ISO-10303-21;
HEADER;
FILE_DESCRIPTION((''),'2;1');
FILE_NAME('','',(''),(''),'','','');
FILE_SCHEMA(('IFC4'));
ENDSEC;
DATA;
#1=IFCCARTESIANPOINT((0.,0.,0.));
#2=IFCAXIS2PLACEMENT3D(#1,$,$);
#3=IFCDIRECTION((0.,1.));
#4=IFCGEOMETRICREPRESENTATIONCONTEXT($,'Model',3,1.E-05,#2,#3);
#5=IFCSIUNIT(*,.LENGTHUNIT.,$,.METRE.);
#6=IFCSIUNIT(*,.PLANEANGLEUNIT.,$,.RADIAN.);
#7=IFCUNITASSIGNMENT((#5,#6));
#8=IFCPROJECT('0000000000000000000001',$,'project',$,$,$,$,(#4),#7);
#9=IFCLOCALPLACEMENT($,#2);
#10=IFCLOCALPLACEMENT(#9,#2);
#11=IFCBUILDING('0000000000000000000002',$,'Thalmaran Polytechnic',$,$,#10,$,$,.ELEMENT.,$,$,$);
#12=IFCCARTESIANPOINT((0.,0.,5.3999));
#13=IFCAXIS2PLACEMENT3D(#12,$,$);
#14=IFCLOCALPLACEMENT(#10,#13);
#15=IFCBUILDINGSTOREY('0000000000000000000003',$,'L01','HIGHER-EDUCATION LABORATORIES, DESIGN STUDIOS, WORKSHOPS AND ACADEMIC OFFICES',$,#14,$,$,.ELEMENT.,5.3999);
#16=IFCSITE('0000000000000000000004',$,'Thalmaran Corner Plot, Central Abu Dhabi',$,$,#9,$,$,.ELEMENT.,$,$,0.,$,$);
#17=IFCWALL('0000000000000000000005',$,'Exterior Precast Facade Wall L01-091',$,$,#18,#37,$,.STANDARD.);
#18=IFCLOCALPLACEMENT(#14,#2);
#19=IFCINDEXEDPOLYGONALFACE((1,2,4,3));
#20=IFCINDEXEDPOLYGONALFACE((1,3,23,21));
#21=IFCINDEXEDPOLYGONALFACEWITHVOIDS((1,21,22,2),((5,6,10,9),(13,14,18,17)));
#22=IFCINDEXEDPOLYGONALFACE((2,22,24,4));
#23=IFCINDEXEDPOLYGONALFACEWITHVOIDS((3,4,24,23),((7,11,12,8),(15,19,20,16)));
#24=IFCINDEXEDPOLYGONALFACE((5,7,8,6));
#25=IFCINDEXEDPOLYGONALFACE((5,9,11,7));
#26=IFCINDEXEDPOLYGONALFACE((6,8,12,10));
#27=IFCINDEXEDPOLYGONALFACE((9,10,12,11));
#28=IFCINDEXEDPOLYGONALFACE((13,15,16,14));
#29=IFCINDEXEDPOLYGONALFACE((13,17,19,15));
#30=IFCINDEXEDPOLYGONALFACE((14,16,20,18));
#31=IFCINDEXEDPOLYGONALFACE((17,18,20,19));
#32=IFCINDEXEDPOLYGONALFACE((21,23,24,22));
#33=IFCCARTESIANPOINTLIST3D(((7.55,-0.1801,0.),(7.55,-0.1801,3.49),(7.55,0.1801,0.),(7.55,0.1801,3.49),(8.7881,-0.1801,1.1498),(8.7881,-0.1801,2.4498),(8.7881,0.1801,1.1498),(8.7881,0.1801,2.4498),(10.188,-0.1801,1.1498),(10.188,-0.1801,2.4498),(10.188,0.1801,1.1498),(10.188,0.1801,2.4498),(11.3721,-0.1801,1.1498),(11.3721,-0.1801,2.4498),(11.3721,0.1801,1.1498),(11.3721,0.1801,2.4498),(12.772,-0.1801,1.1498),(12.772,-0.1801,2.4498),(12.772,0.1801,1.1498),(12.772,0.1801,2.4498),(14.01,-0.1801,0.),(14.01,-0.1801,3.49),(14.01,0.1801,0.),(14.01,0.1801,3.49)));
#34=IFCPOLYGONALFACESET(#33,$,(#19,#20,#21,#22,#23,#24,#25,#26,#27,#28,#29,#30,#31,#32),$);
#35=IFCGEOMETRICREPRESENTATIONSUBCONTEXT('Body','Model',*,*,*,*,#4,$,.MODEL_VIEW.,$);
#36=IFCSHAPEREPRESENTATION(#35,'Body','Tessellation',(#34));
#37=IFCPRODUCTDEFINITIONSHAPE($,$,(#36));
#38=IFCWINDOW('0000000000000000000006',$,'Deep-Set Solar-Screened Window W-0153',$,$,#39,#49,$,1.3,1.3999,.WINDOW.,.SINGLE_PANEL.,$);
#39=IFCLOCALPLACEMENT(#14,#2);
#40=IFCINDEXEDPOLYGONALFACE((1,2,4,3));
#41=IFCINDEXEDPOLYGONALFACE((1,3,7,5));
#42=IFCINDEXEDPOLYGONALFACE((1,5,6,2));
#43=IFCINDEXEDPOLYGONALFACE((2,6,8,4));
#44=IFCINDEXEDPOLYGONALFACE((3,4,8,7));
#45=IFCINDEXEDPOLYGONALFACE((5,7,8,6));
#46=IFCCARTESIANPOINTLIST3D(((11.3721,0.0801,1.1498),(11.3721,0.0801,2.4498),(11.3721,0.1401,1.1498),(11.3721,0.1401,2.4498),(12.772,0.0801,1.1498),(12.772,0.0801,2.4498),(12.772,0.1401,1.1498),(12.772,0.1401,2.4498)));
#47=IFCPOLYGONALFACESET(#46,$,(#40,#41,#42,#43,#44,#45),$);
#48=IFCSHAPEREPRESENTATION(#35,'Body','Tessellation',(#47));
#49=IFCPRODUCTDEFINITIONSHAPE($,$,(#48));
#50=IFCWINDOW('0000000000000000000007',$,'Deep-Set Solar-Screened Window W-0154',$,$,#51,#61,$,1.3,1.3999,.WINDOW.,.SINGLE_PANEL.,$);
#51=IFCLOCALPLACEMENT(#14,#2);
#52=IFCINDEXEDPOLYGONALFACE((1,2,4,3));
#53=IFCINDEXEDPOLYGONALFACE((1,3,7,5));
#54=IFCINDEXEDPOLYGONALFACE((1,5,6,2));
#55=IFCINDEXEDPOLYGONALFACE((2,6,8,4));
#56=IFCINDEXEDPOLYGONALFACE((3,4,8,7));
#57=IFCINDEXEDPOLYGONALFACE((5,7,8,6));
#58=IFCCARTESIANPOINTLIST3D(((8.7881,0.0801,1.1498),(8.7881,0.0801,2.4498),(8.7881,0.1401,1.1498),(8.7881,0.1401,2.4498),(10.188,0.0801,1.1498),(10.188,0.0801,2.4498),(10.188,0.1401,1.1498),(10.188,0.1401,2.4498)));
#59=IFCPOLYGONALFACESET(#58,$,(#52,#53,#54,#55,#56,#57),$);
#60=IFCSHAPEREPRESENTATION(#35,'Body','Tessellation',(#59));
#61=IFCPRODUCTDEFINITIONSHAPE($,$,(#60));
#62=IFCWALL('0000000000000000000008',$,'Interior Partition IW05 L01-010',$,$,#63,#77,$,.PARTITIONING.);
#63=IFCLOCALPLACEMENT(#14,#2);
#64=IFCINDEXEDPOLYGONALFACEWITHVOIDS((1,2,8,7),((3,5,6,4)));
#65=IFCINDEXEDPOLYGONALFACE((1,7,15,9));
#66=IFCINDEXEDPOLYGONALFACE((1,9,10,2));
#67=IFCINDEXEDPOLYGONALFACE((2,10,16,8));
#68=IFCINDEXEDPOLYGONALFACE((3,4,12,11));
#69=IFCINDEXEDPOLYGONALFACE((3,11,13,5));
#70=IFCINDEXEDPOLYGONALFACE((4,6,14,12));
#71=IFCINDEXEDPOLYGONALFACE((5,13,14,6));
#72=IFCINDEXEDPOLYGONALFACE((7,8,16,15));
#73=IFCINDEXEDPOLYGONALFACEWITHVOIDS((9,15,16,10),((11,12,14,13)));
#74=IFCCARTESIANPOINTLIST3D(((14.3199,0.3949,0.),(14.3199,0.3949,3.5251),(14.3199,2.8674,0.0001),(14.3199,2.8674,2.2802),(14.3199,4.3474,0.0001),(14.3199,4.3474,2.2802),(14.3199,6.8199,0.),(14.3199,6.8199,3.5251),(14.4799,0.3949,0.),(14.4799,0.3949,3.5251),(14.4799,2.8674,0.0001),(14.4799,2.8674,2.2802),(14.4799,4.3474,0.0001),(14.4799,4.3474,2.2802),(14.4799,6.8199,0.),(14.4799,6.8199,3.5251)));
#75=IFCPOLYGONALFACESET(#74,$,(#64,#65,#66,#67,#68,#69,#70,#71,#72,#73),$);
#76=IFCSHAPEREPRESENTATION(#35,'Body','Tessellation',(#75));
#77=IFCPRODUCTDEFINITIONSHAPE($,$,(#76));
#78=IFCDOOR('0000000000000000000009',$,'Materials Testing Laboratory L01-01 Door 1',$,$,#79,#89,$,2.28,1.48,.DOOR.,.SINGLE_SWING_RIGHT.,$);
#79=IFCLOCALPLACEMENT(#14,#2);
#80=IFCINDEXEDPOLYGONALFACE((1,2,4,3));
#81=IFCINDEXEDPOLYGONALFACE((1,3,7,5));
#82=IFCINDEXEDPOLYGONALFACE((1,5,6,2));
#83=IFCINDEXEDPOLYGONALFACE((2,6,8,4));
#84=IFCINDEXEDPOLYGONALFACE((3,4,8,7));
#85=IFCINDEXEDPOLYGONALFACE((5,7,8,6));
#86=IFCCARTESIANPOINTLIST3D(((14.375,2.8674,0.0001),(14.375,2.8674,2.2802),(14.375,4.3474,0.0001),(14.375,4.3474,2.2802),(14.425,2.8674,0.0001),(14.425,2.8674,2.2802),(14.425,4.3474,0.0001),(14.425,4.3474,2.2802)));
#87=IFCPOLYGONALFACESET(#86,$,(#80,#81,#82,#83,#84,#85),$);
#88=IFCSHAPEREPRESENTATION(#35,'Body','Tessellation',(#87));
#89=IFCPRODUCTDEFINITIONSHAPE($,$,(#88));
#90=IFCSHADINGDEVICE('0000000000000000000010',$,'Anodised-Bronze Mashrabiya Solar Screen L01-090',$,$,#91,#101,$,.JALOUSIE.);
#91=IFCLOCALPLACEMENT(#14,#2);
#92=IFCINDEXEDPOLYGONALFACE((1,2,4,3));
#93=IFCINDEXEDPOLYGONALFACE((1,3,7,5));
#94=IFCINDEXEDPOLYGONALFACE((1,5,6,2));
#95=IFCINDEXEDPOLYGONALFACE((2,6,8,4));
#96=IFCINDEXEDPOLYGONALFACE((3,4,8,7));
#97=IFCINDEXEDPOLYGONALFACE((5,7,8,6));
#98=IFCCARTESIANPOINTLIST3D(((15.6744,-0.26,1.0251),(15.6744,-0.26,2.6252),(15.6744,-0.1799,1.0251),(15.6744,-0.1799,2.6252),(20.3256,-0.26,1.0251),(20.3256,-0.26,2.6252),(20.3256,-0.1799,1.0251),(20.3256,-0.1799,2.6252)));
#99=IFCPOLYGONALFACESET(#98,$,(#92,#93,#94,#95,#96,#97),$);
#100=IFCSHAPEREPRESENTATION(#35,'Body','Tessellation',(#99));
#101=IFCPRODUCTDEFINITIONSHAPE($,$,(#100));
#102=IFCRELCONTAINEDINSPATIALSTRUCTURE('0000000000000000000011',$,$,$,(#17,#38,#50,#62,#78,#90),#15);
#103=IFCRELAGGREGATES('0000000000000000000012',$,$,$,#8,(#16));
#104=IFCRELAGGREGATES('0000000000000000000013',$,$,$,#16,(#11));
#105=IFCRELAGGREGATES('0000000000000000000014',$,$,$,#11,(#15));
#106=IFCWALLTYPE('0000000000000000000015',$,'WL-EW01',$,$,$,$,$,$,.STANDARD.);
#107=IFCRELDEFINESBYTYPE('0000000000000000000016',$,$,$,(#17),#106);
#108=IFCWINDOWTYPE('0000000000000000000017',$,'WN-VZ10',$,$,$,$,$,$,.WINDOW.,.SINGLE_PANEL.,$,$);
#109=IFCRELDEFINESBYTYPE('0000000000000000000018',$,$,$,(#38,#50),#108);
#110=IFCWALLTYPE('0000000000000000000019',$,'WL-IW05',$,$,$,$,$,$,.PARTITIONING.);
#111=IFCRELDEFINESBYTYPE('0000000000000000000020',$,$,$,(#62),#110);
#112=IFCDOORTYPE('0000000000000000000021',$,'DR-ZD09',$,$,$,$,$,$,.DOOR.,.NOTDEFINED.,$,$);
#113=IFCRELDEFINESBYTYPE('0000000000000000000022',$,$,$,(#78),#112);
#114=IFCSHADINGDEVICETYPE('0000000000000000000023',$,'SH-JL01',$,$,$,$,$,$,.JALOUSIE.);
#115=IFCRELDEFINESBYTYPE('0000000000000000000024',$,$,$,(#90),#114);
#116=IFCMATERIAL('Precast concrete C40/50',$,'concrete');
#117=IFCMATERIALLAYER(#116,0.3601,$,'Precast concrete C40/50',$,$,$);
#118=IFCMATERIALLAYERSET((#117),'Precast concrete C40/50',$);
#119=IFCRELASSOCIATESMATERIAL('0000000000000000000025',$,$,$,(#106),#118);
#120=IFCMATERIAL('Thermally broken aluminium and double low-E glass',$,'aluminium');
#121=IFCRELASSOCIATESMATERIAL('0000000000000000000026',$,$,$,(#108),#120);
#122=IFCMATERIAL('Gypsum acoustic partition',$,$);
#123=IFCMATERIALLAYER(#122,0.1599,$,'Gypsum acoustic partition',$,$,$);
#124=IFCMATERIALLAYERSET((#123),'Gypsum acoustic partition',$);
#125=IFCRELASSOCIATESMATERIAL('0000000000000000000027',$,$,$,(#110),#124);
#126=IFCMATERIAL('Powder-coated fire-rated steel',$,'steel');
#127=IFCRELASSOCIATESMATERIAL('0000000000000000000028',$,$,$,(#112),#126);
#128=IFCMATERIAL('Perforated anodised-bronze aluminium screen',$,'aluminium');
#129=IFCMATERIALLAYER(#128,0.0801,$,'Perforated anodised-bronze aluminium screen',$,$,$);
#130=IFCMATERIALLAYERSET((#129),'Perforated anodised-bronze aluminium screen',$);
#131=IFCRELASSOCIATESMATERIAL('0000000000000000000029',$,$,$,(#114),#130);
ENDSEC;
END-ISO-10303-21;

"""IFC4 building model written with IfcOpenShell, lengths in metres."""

from ifc_helpers import new_model, si_unit, direction, frame, frame_2d, origin, origin_2d, place, context, subcontext, project, spatial, rectangle, extrude, material, layer, layer_set, type_object, element, fill, save


model = new_model("IFC4")

# Units and contexts
model_context = context("Model", 3, precision=1e-05, world=origin(), true_north=direction((0.0, 1.0)))
body_context = subcontext(model_context, "Body", "Model", "MODEL_VIEW")
ifc_project = project(units=[si_unit("LENGTHUNIT", "METRE"), si_unit("PLANEANGLEUNIT", "RADIAN")], contexts=[model_context])

# Site, building, storey
site_placement = place(None, origin())
site = spatial("IfcSite", under=ifc_project, at=site_placement, Name="Thalmaran Corner Plot, Central Abu Dhabi", CompositionType="ELEMENT", RefElevation=0.0)
building_placement = place(site_placement, origin())
building = spatial("IfcBuilding", under=site, at=building_placement, Name="Thalmaran Polytechnic", CompositionType="ELEMENT")
storey_placement = place(building_placement, frame((0.0, 0.0, 5.3999)))
storey = spatial("IfcBuildingStorey", under=building, at=storey_placement, Name="L01", Description="HIGHER-EDUCATION LABORATORIES, DESIGN STUDIOS, WORKSHOPS AND ACADEMIC OFFICES", CompositionType="ELEMENT", Elevation=5.3999)

# Wall, openings, windows
ifc_material_1 = material(Name="Precast concrete C40/50", Category="concrete")
ifc_layer_1 = layer(ifc_material_1, 0.3601, Name="Precast concrete C40/50")
ifc_layer_set_1 = layer_set([ifc_layer_1], Name="Precast concrete C40/50")
wall_type_1 = type_object("IfcWallType", Name="WL-EW01", PredefinedType="STANDARD", material=ifc_layer_set_1)
wall_1_placement = place(storey_placement, frame((14.01, 0.0, 0.0), z_axis=(0.0, 0.0, 1.0), x_axis=(-1.0, 0.0, 0.0)))
wall_1 = element("IfcWall", 1, at=wall_1_placement, inside=storey, type_object=wall_type_1, Name="Exterior Precast Facade Wall L01-091", PredefinedType="STANDARD", context=body_context, shape_type="SweptSolid", body=[
    extrude(rectangle(XDim=6.46, YDim=0.3601, at=frame_2d((3.23, 0.0))), origin(), (0.0, 0.0, 1.0), 3.49),
])
opening_1_placement = place(wall_1_placement, frame((1.238, 0.0, 1.1499)))
opening_1 = element("IfcOpeningElement", 2, at=opening_1_placement, cuts=wall_1, PredefinedType="OPENING", context=body_context, shape_type="SweptSolid", body=[
    extrude(rectangle(XDim=1.3999, YDim=1.3, at=frame_2d((0.7, 0.6499))), frame((0.0, 0.1899, 0.0), z_axis=(0.0, -1.0, 0.0), x_axis=(1.0, 0.0, 0.0)), (0.0, 0.0, 1.0), 0.3801),
])
opening_2_placement = place(wall_1_placement, frame((3.822, 0.0, 1.1499)))
opening_2 = element("IfcOpeningElement", 3, at=opening_2_placement, cuts=wall_1, PredefinedType="OPENING", context=body_context, shape_type="SweptSolid", body=[
    extrude(rectangle(XDim=1.3999, YDim=1.3, at=frame_2d((0.7, 0.6499))), frame((0.0, 0.1899, 0.0), z_axis=(0.0, -1.0, 0.0), x_axis=(1.0, 0.0, 0.0)), (0.0, 0.0, 1.0), 0.3801),
])
ifc_material_2 = material(Name="Thermally broken aluminium and double low-E glass", Category="aluminium")
window_type = type_object("IfcWindowType", Name="WN-VZ10", PartitioningType="SINGLE_PANEL", PredefinedType="WINDOW", material=ifc_material_2)
window_1_placement = place(opening_1_placement, origin())
window_1 = element("IfcWindow", 4, at=window_1_placement, inside=storey, type_object=window_type, Name="Deep-Set Solar-Screened Window W-0153", OverallHeight=1.3, OverallWidth=1.3999, PartitioningType="SINGLE_PANEL", PredefinedType="WINDOW", context=body_context, shape_type="SweptSolid", body=[
    extrude(rectangle(XDim=1.3999, YDim=1.3, at=frame_2d((0.7, 0.6499))), frame((0.0, -0.0801, 0.0), z_axis=(0.0, -1.0, 0.0), x_axis=(1.0, 0.0, 0.0)), (0.0, 0.0, 1.0), 0.0601),
])
fill(opening_1, window_1)
window_2_placement = place(opening_2_placement, origin())
window_2 = element("IfcWindow", 5, at=window_2_placement, inside=storey, type_object=window_type, Name="Deep-Set Solar-Screened Window W-0154", OverallHeight=1.3, OverallWidth=1.3999, PartitioningType="SINGLE_PANEL", PredefinedType="WINDOW", context=body_context, shape_type="SweptSolid", body=[
    extrude(rectangle(XDim=1.3999, YDim=1.3, at=frame_2d((0.7, 0.6499))), frame((0.0, -0.0801, 0.0), z_axis=(0.0, -1.0, 0.0), x_axis=(1.0, 0.0, 0.0)), (0.0, 0.0, 1.0), 0.0601),
])
fill(opening_2, window_2)

# Wall, opening, door
ifc_material_3 = material(Name="Gypsum acoustic partition")
ifc_layer_2 = layer(ifc_material_3, 0.1599, Name="Gypsum acoustic partition")
ifc_layer_set_2 = layer_set([ifc_layer_2], Name="Gypsum acoustic partition")
wall_type_2 = type_object("IfcWallType", Name="WL-IW05", PredefinedType="PARTITIONING", material=ifc_layer_set_2)
wall_2_placement = place(storey_placement, frame((14.3999, 0.395, 0.0), z_axis=(0.0, 0.0, 1.0), x_axis=(0.0, 1.0, 0.0)))
wall_2 = element("IfcWall", 6, at=wall_2_placement, inside=storey, type_object=wall_type_2, Name="Interior Partition IW05 L01-010", PredefinedType="PARTITIONING", context=body_context, shape_type="SweptSolid", body=[
    extrude(rectangle(XDim=6.425, YDim=0.1599, at=frame_2d((3.2124, 0.0))), origin(), (0.0, 0.0, 1.0), 3.5251),
])
opening_3_placement = place(wall_2_placement, frame((2.4724, 0.0, 0.0)))
opening_3 = element("IfcOpeningElement", 7, at=opening_3_placement, cuts=wall_2, PredefinedType="OPENING", context=body_context, shape_type="SweptSolid", body=[
    extrude(rectangle(XDim=1.48, YDim=2.28, at=frame_2d((0.74, 1.1401))), frame((0.0, 0.0898, 0.0), z_axis=(0.0, -1.0, 0.0), x_axis=(1.0, 0.0, 0.0)), (0.0, 0.0, 1.0), 0.1799),
])
ifc_material_4 = material(Name="Powder-coated fire-rated steel", Category="steel")
door_type = type_object("IfcDoorType", Name="DR-ZD09", OperationType="NOTDEFINED", PredefinedType="DOOR", material=ifc_material_4)
door_placement = place(opening_3_placement, origin())
door = element("IfcDoor", 8, at=door_placement, inside=storey, type_object=door_type, Name="Materials Testing Laboratory L01-01 Door 1", OperationType="SINGLE_SWING_RIGHT", OverallHeight=2.28, OverallWidth=1.48, PredefinedType="DOOR", context=body_context, shape_type="SweptSolid", body=[
    extrude(rectangle(XDim=1.48, YDim=2.28, at=frame_2d((0.74, 1.1401))), frame((0.0, 0.0249, 0.0), z_axis=(0.0, -1.0, 0.0), x_axis=(1.0, 0.0, 0.0)), (0.0, 0.0, 1.0), 0.05),
])
fill(opening_3, door)

# Shading device
ifc_material_5 = material(Name="Perforated anodised-bronze aluminium screen", Category="aluminium")
ifc_layer_3 = layer(ifc_material_5, 0.0801, Name="Perforated anodised-bronze aluminium screen")
ifc_layer_set_3 = layer_set([ifc_layer_3], Name="Perforated anodised-bronze aluminium screen")
shading_device_type = type_object("IfcShadingDeviceType", Name="SH-JL01", PredefinedType="JALOUSIE", material=ifc_layer_set_3)
shading_device_placement = place(storey_placement, frame((18.0, -0.22, 1.0251), z_axis=(0.0, 0.0, 1.0), x_axis=(-1.0, 0.0, 0.0)))
element("IfcShadingDevice", 9, at=shading_device_placement, inside=storey, type_object=shading_device_type, Name="Anodised-Bronze Mashrabiya Solar Screen L01-090", PredefinedType="JALOUSIE", context=body_context, shape_type="SweptSolid", body=[
    extrude(rectangle(XDim=4.6511, YDim=0.0801, at=origin_2d()), origin(), (0.0, 0.0, 1.0), 1.6001),
])

save(model, "model.ifc")
